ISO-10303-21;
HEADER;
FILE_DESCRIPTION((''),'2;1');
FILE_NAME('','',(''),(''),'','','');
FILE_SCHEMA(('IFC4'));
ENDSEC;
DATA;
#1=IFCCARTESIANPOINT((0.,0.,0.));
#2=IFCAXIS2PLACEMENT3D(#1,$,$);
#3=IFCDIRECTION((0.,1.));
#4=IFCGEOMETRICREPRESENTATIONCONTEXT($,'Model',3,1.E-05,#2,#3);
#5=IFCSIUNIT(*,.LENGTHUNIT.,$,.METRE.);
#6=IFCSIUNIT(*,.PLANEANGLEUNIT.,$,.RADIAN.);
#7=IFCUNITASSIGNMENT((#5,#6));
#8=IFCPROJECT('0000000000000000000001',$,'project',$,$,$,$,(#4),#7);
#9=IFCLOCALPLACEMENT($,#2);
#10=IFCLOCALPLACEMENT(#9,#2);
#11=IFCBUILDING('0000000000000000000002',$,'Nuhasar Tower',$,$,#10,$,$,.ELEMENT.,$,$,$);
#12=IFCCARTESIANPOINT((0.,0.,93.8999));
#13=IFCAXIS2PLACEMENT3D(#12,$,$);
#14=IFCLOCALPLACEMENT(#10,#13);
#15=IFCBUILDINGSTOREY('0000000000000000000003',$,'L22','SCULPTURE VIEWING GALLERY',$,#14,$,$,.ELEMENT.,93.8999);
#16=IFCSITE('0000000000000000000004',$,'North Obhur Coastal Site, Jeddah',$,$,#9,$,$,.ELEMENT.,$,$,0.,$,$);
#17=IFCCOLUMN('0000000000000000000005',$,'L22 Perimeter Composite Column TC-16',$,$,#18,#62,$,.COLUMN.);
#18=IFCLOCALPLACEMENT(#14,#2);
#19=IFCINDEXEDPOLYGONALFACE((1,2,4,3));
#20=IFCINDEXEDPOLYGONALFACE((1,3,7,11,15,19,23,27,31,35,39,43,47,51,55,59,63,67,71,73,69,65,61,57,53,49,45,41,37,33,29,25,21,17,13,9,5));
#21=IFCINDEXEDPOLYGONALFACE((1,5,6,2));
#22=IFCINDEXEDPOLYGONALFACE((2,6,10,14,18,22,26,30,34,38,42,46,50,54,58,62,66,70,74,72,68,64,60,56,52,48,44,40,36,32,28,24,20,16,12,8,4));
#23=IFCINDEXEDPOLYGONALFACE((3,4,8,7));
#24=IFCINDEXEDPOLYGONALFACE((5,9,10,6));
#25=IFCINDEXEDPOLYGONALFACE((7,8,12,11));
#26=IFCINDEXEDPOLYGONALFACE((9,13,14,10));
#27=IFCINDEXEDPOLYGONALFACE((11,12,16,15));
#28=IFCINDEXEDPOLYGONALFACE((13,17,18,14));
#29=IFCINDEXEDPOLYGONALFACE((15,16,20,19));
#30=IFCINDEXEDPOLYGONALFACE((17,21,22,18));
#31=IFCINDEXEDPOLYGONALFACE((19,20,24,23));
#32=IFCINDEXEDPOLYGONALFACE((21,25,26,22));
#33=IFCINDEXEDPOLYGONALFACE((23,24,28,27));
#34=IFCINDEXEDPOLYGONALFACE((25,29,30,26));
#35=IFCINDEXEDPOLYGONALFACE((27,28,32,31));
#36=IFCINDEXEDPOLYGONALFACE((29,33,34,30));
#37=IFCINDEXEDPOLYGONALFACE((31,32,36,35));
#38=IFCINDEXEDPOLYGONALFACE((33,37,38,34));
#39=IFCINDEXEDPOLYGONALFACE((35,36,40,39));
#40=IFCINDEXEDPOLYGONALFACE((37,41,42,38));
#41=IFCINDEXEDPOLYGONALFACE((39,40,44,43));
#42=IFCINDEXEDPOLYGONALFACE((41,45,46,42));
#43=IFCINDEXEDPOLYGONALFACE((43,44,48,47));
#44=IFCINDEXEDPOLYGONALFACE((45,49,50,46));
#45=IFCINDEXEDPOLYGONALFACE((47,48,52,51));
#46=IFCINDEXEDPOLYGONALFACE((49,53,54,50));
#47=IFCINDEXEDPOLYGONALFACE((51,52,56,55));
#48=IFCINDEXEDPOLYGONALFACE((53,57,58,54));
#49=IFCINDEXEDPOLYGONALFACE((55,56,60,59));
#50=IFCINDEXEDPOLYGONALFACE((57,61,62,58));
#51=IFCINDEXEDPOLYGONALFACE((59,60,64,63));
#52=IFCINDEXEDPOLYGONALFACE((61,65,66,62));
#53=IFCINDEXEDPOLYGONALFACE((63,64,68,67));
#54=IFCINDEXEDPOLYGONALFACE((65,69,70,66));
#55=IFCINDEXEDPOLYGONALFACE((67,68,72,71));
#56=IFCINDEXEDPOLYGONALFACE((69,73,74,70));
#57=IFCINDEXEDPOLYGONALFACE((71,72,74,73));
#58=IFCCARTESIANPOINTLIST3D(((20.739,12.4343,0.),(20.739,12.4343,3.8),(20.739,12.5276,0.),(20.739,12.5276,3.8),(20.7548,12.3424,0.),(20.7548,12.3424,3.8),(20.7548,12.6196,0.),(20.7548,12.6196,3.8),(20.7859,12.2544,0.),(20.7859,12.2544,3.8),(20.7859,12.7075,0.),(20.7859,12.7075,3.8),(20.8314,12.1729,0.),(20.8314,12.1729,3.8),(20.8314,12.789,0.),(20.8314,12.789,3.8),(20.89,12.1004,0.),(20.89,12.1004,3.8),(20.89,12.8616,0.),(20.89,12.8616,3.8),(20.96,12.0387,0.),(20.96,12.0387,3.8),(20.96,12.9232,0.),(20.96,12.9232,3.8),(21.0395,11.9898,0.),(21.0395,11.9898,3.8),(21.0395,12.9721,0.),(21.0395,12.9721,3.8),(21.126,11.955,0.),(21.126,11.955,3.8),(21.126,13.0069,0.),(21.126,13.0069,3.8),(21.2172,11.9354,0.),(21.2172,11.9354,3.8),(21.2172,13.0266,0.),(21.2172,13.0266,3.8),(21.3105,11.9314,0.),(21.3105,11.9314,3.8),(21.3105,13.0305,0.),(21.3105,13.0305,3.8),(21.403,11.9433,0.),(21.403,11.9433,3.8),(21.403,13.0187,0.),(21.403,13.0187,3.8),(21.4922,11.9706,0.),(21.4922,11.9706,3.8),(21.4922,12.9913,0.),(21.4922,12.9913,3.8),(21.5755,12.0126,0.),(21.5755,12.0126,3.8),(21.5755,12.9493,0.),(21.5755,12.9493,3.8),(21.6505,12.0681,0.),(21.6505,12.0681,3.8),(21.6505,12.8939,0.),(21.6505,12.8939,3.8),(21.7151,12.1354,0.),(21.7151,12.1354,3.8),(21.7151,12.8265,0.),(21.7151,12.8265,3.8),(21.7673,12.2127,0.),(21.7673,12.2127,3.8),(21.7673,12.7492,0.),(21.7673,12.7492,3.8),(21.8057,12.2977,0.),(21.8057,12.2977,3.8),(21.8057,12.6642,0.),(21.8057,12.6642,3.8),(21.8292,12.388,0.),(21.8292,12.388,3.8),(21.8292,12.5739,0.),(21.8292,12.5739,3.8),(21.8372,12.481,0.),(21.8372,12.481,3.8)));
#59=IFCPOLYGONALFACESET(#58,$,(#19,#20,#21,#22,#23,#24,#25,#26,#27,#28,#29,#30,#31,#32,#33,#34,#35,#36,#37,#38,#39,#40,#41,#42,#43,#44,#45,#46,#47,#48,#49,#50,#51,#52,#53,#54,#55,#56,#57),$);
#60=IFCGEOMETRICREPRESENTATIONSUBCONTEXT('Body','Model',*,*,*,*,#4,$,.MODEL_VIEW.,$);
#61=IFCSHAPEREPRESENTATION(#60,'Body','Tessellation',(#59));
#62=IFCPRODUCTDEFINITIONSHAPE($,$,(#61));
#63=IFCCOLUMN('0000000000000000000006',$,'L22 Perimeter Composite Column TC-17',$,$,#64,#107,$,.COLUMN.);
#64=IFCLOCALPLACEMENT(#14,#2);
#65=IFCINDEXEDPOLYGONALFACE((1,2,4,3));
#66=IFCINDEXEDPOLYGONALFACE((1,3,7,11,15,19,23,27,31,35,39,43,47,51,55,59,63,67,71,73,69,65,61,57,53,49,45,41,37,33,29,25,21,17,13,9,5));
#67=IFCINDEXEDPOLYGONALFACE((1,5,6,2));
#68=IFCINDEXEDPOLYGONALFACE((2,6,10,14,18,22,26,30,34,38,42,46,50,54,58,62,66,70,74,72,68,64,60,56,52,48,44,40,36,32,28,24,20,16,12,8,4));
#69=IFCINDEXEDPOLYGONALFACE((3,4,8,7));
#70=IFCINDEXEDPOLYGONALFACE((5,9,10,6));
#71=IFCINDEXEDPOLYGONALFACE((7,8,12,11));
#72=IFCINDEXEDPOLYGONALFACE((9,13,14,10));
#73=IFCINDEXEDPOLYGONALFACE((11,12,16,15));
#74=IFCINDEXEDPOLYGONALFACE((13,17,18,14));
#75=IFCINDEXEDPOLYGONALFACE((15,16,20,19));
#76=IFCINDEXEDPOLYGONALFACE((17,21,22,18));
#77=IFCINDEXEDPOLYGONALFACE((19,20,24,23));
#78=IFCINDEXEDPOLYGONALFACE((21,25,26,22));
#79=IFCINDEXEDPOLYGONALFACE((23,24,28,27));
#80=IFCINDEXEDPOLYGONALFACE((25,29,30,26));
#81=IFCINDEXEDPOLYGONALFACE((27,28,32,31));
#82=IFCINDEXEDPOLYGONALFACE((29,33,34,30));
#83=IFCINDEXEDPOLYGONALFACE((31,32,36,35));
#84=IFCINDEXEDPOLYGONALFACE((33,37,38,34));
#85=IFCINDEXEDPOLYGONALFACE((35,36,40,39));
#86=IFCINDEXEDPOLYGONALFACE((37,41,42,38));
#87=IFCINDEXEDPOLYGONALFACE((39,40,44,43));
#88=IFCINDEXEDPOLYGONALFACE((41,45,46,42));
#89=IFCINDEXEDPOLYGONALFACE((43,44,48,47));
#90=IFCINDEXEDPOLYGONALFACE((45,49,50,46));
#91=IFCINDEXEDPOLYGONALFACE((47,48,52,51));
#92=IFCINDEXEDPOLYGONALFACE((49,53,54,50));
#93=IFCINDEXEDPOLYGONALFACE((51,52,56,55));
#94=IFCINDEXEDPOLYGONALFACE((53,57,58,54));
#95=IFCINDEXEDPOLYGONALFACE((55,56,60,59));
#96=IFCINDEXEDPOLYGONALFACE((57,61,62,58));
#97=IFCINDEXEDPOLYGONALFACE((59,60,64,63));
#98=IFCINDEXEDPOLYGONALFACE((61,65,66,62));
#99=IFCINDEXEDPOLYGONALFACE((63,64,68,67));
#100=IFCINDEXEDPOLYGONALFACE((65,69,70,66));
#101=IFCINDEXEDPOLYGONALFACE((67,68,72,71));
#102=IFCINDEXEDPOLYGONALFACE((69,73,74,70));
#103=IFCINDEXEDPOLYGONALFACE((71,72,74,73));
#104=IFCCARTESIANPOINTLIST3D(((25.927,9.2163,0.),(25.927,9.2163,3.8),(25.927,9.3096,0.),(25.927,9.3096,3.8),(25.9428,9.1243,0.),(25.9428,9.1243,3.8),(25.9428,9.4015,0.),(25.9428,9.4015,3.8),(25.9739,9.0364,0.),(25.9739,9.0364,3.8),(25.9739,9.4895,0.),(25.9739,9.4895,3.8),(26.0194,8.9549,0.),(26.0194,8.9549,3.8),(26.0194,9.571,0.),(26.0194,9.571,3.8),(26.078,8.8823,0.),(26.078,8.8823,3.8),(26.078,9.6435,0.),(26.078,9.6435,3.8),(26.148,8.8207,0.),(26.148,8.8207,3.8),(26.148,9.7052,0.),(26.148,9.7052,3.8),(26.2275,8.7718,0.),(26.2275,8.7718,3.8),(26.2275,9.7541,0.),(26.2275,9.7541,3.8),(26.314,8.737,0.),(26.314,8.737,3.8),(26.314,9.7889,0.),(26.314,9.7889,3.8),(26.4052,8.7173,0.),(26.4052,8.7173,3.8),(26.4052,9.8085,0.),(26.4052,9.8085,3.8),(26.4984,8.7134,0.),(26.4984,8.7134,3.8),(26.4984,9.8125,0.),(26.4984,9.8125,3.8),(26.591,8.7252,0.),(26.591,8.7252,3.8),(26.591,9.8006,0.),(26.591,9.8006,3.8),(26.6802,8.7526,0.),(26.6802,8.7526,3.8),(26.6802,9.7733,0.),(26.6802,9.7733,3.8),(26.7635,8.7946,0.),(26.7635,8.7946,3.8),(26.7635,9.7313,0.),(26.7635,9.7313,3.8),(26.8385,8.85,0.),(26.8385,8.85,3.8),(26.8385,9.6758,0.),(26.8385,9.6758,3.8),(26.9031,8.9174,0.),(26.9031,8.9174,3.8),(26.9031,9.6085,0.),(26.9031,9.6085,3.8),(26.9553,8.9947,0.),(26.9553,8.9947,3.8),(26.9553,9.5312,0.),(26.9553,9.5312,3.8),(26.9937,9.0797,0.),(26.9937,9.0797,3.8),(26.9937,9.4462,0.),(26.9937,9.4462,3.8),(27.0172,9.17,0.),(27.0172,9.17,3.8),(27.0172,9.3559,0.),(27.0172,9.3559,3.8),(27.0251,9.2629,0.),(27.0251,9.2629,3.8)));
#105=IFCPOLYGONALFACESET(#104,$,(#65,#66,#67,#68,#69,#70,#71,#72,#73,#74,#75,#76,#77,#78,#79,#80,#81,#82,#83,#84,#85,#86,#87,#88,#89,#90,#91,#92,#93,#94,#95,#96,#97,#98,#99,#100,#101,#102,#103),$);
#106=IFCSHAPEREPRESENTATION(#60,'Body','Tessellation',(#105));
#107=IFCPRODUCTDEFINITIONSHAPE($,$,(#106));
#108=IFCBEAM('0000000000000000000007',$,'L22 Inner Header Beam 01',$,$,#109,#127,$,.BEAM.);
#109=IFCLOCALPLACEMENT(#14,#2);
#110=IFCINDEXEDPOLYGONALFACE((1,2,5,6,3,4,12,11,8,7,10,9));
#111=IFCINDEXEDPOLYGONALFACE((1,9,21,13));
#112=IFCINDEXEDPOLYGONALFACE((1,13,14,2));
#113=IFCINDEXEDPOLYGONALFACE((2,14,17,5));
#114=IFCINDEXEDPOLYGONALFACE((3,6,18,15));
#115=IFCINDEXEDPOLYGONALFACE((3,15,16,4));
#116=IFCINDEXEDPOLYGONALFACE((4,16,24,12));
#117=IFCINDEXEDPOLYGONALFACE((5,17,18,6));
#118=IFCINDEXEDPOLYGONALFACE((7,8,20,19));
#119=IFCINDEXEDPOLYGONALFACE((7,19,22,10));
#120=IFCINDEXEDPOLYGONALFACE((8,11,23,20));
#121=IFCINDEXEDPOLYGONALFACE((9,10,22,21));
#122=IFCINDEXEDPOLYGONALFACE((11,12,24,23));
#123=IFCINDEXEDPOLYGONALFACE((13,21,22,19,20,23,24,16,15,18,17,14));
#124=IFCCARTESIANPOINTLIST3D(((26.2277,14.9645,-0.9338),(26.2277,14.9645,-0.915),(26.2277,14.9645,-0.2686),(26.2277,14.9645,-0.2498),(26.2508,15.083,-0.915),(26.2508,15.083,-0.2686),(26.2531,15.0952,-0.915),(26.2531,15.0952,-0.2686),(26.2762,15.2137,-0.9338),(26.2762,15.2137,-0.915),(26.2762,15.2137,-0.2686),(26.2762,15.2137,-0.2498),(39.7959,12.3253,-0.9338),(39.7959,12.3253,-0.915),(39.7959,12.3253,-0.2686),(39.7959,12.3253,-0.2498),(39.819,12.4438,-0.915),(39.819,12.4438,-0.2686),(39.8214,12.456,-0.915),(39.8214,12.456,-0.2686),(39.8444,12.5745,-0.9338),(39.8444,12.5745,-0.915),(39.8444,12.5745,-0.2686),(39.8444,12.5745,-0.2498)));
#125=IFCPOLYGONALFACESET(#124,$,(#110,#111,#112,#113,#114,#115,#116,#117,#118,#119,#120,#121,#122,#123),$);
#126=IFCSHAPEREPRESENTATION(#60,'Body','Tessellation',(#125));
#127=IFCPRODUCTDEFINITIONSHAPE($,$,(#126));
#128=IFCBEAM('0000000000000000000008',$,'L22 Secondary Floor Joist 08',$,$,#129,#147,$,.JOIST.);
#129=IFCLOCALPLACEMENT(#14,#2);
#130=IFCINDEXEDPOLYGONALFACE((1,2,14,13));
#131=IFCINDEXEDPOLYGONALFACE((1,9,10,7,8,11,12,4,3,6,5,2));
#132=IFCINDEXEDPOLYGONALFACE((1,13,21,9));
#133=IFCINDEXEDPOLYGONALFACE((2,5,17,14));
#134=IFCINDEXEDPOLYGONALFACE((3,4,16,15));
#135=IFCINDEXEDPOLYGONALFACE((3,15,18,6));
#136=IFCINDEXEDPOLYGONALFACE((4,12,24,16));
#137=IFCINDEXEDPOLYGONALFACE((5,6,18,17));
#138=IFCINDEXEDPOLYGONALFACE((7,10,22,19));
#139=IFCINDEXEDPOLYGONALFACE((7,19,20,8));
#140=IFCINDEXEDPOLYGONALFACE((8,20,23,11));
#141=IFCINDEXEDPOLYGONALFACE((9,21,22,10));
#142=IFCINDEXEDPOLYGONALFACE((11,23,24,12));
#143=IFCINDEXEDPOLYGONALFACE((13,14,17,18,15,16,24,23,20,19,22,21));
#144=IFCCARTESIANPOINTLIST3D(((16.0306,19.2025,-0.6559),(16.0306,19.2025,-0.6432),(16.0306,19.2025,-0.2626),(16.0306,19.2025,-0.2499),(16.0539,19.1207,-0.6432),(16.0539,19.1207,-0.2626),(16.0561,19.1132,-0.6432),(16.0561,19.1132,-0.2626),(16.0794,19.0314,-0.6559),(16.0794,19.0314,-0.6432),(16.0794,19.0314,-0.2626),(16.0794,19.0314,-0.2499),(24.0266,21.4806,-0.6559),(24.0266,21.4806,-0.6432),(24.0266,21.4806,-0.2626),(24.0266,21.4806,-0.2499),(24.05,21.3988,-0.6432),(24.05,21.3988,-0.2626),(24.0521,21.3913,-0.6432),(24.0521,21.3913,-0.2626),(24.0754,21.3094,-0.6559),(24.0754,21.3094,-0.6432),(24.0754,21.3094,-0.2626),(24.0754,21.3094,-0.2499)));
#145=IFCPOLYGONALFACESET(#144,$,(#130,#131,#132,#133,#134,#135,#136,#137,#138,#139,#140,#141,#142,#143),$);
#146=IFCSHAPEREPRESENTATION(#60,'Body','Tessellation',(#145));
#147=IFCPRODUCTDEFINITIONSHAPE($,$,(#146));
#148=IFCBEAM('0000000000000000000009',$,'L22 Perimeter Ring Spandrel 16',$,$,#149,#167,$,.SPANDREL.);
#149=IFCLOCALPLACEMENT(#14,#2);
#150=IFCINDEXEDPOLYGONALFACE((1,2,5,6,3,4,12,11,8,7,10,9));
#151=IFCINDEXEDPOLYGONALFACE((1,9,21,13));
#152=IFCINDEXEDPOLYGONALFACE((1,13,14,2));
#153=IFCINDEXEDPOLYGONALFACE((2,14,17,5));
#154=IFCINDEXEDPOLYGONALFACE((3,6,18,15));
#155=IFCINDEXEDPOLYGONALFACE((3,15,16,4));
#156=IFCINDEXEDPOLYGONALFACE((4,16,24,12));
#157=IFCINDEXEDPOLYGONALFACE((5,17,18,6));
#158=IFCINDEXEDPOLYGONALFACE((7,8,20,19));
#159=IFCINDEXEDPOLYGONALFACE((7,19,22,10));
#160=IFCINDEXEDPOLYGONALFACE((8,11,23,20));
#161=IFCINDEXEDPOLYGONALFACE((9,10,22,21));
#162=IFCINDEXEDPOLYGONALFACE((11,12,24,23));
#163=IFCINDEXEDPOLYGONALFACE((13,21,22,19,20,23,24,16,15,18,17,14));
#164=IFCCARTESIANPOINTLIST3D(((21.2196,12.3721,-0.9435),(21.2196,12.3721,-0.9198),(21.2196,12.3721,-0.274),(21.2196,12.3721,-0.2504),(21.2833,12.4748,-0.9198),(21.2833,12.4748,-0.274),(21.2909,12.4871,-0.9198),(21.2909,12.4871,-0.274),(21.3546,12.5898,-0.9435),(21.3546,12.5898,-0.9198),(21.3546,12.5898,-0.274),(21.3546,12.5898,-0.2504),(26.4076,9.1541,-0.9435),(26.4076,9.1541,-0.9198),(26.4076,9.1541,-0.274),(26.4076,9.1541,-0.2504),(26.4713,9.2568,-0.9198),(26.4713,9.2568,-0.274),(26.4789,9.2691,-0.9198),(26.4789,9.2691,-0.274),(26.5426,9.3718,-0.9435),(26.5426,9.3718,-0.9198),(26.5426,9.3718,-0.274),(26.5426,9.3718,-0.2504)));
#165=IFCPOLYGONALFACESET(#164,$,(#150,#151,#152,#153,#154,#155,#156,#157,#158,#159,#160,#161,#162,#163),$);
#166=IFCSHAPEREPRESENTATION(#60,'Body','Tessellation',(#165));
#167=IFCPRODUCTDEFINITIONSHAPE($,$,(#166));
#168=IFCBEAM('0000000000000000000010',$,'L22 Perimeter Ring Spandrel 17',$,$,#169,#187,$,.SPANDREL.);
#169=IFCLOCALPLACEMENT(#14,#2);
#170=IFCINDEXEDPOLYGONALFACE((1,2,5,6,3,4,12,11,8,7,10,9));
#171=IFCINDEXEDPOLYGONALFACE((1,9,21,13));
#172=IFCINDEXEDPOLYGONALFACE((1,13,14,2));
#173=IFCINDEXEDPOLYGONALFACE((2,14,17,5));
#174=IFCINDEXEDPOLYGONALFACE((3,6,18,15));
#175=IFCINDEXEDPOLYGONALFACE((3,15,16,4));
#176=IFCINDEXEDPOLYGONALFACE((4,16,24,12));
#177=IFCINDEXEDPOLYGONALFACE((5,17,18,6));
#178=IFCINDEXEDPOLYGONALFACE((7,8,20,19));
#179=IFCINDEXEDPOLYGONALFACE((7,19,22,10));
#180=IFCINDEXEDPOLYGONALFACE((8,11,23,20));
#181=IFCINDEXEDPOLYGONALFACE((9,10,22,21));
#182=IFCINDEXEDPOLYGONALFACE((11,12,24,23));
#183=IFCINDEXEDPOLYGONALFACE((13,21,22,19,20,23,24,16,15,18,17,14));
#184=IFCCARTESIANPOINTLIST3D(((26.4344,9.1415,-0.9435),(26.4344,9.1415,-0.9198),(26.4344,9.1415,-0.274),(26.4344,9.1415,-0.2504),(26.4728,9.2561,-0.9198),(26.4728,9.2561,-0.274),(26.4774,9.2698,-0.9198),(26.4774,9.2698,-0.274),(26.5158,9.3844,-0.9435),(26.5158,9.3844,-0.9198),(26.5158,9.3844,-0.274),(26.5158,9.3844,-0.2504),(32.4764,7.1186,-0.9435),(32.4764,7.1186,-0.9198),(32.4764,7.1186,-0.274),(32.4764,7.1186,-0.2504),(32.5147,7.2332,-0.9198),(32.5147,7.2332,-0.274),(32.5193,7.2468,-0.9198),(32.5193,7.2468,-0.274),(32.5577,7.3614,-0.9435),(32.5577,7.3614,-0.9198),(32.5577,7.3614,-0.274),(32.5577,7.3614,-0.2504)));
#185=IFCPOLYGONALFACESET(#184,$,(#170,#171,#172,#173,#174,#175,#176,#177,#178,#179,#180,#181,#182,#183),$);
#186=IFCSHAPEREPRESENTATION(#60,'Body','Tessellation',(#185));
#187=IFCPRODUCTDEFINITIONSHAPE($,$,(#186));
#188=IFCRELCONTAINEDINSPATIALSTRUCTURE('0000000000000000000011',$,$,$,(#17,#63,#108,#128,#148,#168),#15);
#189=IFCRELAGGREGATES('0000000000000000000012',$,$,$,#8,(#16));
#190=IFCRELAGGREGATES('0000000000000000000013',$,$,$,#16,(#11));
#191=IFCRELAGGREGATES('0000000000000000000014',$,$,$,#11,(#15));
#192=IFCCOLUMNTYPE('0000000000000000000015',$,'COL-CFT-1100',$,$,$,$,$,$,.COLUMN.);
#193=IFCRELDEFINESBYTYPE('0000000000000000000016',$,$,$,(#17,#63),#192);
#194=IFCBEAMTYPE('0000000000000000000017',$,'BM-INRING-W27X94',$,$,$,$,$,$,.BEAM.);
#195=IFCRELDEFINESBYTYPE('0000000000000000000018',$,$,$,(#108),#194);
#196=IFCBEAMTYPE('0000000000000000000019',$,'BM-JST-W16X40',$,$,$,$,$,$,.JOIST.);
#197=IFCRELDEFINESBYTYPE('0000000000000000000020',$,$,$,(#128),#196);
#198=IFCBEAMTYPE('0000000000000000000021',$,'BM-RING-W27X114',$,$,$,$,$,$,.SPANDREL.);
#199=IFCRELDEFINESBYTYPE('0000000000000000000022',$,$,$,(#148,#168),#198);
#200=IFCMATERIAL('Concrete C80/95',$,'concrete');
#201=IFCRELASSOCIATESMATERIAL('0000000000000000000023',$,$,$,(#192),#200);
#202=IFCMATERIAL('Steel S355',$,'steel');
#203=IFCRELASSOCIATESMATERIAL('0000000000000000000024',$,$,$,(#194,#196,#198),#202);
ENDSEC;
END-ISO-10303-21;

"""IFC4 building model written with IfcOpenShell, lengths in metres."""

from ifc_helpers import new_model, si_unit, direction, frame, origin, origin_2d, place, context, subcontext, project, spatial, circle, i_section, extrude, material, material_profile, profile_set, type_object, element, save


model = new_model("IFC4")

# Units and contexts
model_context = context("Model", 3, precision=1e-05, world=origin(), true_north=direction((0.0, 1.0)))
body_context = subcontext(model_context, "Body", "Model", "MODEL_VIEW")
ifc_project = project(units=[si_unit("LENGTHUNIT", "METRE"), si_unit("PLANEANGLEUNIT", "RADIAN")], contexts=[model_context])

# Site, building, storey
site_placement = place(None, origin())
site = spatial("IfcSite", under=ifc_project, at=site_placement, Name="North Obhur Coastal Site, Jeddah", CompositionType="ELEMENT", RefElevation=0.0)
building_placement = place(site_placement, origin())
building = spatial("IfcBuilding", under=site, at=building_placement, Name="Nuhasar Tower", CompositionType="ELEMENT")
storey_placement = place(building_placement, frame((0.0, 0.0, 93.8999)))
storey = spatial("IfcBuildingStorey", under=building, at=storey_placement, Name="L22", Description="SCULPTURE VIEWING GALLERY", CompositionType="ELEMENT", Elevation=93.8999)

# Columns
ifc_material_1 = material(Name="Concrete C80/95", Category="concrete")
ifc_material_profile_1 = material_profile(ifc_material_1, circle(Radius=0.55, at=origin_2d()), Name="CFT1100")
ifc_profile_set_1 = profile_set([ifc_material_profile_1], Name="Concrete C80/95")
column_type = type_object("IfcColumnType", Name="COL-CFT-1100", PredefinedType="COLUMN", material=ifc_profile_set_1)
for number, where, z_axis, x_axis, name in (
    (1, (21.2871, 12.481, 0.0), (0.0, 0.0, 1.0), (1.0, 0.0, 0.0), "L22 Perimeter Composite Column TC-16"),
    (2, (26.4751, 9.2629, 0.0), (0.0, 0.0, 1.0), (1.0, 0.0, 0.0), "L22 Perimeter Composite Column TC-17"),
):
    element("IfcColumn", number, at=place(storey_placement, frame(where, z_axis=z_axis, x_axis=x_axis)), inside=storey, type_object=column_type, Name=name, PredefinedType="COLUMN", context=body_context, shape_type="SweptSolid", body=[
        extrude(circle(Radius=0.55, at=origin_2d()), origin(), (0.0, 0.0, 1.0), 3.8),
    ])

# Beams
ifc_material_2 = material(Name="Steel S355", Category="steel")
ifc_material_profile_2 = material_profile(ifc_material_2, i_section(OverallWidth=0.2539, OverallDepth=0.6841, WebThickness=0.0125, FlangeThickness=0.0188, at=origin_2d()), Name="W27X94")
ifc_profile_set_2 = profile_set([ifc_material_profile_2], Name="Steel S355")
beam_type_1 = type_object("IfcBeamType", Name="BM-INRING-W27X94", PredefinedType="BEAM", material=ifc_profile_set_2)
beam_1_placement = place(storey_placement, frame((26.252, 15.0891, -0.5918), z_axis=(0.981603, -0.190933, 0.0), x_axis=(0.190933, 0.981603, 0.0)))
element("IfcBeam", 3, at=beam_1_placement, inside=storey, type_object=beam_type_1, Name="L22 Inner Header Beam 01", PredefinedType="BEAM", context=body_context, shape_type="SweptSolid", body=[
    extrude(i_section(OverallWidth=0.2539, OverallDepth=0.6841, WebThickness=0.0125, FlangeThickness=0.0188, at=origin_2d()), origin(), (0.0, 0.0, 1.0), 13.8225),
])
ifc_material_profile_3 = material_profile(ifc_material_2, i_section(OverallWidth=0.178, OverallDepth=0.406, WebThickness=0.0078, FlangeThickness=0.0127, at=origin_2d()), Name="W16X40")
ifc_profile_set_3 = profile_set([ifc_material_profile_3], Name="Steel S355")
beam_type_2 = type_object("IfcBeamType", Name="BM-JST-W16X40", PredefinedType="JOIST", material=ifc_profile_set_3)
beam_2_placement = place(storey_placement, frame((24.051, 21.395, -0.4529), z_axis=(-0.961731, -0.273996, 0.0), x_axis=(0.273996, -0.961731, 0.0)))
element("IfcBeam", 4, at=beam_2_placement, inside=storey, type_object=beam_type_2, Name="L22 Secondary Floor Joist 08", PredefinedType="JOIST", context=body_context, shape_type="SweptSolid", body=[
    extrude(i_section(OverallWidth=0.178, OverallDepth=0.406, WebThickness=0.0078, FlangeThickness=0.0127, at=origin_2d()), origin(), (0.0, 0.0, 1.0), 8.3142),
])
ifc_material_profile_4 = material_profile(ifc_material_2, i_section(OverallWidth=0.2561, OverallDepth=0.6931, WebThickness=0.0144, FlangeThickness=0.0237, at=origin_2d()), Name="W27X114")
ifc_profile_set_4 = profile_set([ifc_material_profile_4], Name="Steel S355")
beam_type_3 = type_object("IfcBeamType", Name="BM-RING-W27X114", PredefinedType="SPANDREL", material=ifc_profile_set_4)
beam_3_placement = place(storey_placement, frame((21.2871, 12.481, -0.5969), z_axis=(0.849795, -0.527113, 0.0), x_axis=(0.527113, 0.849795, 0.0)))
element("IfcBeam", 5, at=beam_3_placement, inside=storey, type_object=beam_type_3, Name="L22 Perimeter Ring Spandrel 16", PredefinedType="SPANDREL", context=body_context, shape_type="SweptSolid", body=[
    extrude(i_section(OverallWidth=0.2561, OverallDepth=0.6931, WebThickness=0.0144, FlangeThickness=0.0237, at=origin_2d()), origin(), (0.0, 0.0, 1.0), 6.105),
])
beam_4_placement = place(storey_placement, frame((26.4751, 9.2629, -0.5969), z_axis=(0.948261, -0.317492, 0.0), x_axis=(0.317492, 0.948261, 0.0)))
element("IfcBeam", 6, at=beam_4_placement, inside=storey, type_object=beam_type_3, Name="L22 Perimeter Ring Spandrel 17", PredefinedType="SPANDREL", context=body_context, shape_type="SweptSolid", body=[
    extrude(i_section(OverallWidth=0.2561, OverallDepth=0.6931, WebThickness=0.0144, FlangeThickness=0.0237, at=origin_2d()), origin(), (0.0, 0.0, 1.0), 6.3716),
])

save(model, "model.ifc")
